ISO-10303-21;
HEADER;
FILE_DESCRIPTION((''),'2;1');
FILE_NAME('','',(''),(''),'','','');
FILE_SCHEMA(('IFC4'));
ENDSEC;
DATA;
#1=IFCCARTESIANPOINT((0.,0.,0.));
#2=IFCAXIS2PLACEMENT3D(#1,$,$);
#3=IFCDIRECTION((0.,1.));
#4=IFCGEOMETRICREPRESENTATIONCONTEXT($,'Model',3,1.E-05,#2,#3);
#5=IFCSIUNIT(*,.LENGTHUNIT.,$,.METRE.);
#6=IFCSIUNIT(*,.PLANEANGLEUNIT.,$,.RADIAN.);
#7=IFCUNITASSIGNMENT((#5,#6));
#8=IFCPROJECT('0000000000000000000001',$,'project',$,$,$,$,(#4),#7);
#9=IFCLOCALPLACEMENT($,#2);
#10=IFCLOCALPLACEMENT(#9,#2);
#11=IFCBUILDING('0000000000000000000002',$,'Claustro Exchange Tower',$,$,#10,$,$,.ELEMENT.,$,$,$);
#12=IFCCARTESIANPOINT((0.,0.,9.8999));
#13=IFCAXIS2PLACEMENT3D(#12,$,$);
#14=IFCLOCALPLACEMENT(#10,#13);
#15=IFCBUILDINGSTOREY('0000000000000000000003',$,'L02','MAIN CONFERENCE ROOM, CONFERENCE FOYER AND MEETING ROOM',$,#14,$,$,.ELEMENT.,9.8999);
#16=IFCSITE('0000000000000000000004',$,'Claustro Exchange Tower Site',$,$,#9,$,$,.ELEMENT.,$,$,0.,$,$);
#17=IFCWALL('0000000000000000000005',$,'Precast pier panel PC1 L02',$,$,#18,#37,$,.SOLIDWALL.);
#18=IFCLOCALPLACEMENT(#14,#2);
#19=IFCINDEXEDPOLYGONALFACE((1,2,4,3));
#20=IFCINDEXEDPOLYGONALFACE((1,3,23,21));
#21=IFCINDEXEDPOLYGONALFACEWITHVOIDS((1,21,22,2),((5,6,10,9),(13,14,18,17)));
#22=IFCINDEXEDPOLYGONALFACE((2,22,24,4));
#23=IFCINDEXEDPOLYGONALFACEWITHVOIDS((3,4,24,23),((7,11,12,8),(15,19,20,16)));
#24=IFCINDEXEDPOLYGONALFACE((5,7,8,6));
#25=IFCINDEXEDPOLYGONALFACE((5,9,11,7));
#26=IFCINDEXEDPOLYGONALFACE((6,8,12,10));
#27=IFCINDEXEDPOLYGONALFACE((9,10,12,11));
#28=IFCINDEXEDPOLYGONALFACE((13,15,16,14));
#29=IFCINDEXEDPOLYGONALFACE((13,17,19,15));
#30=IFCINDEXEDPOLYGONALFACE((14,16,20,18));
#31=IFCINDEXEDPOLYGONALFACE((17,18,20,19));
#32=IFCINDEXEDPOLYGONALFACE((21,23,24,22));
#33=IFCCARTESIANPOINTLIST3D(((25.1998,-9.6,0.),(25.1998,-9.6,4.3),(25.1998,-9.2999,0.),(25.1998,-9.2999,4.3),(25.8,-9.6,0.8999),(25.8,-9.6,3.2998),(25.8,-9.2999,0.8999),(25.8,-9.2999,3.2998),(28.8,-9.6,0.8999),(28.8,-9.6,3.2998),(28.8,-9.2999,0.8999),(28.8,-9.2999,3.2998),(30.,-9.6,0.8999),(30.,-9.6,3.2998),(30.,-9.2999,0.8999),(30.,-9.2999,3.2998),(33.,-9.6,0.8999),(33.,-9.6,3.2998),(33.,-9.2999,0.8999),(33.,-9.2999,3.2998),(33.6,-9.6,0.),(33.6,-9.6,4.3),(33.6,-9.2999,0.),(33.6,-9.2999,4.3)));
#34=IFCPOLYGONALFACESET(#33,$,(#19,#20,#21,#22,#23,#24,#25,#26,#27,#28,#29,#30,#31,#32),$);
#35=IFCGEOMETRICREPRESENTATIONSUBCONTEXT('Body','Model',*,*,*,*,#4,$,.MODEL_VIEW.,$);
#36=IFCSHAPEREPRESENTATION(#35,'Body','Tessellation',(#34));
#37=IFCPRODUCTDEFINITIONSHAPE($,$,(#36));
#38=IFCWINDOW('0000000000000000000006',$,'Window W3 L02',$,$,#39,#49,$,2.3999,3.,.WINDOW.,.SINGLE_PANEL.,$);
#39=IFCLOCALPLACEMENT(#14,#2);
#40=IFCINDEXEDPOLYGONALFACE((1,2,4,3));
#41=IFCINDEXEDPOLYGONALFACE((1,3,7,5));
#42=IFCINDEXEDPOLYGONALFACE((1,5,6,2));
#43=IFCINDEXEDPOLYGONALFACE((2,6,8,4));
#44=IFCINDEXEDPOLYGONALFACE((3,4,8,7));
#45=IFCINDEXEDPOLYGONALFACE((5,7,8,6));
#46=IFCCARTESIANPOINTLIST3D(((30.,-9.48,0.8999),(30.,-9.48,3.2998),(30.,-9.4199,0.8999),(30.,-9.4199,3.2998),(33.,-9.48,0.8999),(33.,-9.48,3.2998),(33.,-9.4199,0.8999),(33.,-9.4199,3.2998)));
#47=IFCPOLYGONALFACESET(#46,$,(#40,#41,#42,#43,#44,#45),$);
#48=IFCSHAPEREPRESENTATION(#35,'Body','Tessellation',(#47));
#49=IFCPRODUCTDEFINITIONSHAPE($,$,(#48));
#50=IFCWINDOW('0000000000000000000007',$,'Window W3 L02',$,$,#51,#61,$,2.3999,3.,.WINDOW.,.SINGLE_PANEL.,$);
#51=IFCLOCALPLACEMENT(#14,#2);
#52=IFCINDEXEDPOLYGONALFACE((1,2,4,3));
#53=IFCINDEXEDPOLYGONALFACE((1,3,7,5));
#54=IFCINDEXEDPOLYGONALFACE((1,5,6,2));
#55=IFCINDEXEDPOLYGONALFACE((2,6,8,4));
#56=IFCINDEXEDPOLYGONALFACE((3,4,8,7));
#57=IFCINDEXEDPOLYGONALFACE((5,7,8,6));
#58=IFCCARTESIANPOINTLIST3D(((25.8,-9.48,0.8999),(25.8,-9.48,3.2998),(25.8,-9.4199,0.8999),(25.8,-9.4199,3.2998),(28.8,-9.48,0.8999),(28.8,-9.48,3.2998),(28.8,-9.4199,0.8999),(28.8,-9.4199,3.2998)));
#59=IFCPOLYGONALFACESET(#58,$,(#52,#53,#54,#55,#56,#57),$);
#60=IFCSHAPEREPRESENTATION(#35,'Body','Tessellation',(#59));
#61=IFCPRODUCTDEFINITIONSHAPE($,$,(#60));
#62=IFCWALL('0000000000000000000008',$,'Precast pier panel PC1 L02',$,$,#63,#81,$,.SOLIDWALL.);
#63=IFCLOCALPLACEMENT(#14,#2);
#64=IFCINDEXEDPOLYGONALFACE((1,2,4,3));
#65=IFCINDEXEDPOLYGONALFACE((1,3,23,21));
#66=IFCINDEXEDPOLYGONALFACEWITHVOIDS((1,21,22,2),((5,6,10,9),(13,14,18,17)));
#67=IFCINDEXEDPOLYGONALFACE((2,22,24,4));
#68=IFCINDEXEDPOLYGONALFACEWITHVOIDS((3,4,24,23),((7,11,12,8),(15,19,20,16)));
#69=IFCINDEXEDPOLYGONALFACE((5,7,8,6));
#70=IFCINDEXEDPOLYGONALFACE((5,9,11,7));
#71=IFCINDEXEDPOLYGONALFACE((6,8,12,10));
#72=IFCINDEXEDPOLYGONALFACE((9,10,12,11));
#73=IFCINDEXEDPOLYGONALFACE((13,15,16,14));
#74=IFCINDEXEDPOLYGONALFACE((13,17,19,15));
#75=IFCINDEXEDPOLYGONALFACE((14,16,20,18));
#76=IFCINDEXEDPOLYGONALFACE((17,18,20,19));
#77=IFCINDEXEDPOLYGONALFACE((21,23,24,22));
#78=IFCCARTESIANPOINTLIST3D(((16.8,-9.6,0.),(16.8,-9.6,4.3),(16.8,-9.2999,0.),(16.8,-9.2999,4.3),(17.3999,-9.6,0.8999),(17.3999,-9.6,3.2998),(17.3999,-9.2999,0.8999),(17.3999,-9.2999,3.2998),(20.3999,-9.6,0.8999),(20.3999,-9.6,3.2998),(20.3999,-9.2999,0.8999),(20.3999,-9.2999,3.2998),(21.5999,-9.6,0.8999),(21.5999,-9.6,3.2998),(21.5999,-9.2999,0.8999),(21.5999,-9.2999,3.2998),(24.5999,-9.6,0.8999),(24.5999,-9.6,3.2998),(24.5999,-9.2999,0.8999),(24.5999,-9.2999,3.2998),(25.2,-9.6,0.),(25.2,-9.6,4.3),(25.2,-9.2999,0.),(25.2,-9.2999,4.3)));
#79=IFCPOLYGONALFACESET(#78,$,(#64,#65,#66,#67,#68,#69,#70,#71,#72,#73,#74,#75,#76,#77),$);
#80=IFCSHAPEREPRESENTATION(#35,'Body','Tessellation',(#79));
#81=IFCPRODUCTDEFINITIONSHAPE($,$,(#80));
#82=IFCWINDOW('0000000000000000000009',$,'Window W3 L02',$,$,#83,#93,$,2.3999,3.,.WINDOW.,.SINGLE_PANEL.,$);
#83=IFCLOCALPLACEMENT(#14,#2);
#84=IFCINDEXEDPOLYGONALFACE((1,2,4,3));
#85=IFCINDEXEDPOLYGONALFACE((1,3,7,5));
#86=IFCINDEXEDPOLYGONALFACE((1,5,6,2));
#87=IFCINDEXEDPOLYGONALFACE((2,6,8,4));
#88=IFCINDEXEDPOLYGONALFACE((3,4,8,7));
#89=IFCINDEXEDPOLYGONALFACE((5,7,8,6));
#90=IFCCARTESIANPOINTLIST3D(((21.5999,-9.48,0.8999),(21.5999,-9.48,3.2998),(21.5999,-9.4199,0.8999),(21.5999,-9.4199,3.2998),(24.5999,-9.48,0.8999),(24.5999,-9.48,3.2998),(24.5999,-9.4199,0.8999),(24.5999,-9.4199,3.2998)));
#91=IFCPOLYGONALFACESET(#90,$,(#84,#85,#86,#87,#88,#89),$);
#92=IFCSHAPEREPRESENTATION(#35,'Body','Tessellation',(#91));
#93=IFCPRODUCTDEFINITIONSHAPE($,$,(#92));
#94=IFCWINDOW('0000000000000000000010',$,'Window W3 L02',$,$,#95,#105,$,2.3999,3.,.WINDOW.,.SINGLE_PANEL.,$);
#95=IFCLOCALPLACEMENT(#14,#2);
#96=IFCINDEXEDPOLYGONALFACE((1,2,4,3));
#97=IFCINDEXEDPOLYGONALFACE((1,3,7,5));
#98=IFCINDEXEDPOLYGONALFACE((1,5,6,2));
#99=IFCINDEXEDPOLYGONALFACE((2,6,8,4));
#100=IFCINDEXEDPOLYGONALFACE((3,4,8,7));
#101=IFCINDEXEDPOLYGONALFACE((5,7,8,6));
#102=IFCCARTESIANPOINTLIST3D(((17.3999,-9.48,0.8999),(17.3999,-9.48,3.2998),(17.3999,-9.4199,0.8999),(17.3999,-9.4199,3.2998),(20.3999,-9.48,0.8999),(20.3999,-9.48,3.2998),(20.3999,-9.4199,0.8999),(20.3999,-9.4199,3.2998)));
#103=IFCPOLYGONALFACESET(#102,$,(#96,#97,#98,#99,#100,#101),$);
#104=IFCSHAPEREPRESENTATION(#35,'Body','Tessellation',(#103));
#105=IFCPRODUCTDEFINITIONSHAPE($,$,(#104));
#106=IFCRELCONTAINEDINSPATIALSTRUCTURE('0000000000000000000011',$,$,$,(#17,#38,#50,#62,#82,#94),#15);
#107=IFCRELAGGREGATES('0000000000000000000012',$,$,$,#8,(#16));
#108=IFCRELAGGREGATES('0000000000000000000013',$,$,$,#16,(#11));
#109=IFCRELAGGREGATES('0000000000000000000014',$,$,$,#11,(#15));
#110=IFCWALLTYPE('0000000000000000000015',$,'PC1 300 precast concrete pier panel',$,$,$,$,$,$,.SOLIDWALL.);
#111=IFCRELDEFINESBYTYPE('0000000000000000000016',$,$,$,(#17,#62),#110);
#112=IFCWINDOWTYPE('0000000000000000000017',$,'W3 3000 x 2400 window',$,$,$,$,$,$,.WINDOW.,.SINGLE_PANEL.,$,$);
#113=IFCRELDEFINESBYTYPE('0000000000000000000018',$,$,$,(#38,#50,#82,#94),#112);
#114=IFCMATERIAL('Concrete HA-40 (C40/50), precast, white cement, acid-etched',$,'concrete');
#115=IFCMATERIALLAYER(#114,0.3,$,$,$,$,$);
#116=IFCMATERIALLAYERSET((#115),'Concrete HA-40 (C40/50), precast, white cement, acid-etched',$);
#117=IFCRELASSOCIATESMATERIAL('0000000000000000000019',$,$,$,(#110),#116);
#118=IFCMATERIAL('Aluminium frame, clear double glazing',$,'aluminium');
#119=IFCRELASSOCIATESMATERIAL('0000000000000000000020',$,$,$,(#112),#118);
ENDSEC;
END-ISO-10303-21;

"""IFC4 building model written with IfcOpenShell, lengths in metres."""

from ifc_helpers import new_model, si_unit, direction, frame, frame_2d, origin, place, context, subcontext, project, spatial, rectangle, extrude, material, layer, layer_set, type_object, element, fill, save


model = new_model("IFC4")

# Units and contexts
model_context = context("Model", 3, precision=1e-05, world=origin(), true_north=direction((0.0, 1.0)))
body_context = subcontext(model_context, "Body", "Model", "MODEL_VIEW")
ifc_project = project(units=[si_unit("LENGTHUNIT", "METRE"), si_unit("PLANEANGLEUNIT", "RADIAN")], contexts=[model_context])

# Site, building, storey
site_placement = place(None, origin())
site = spatial("IfcSite", under=ifc_project, at=site_placement, Name="Claustro Exchange Tower Site", CompositionType="ELEMENT", RefElevation=0.0)
building_placement = place(site_placement, origin())
building = spatial("IfcBuilding", under=site, at=building_placement, Name="Claustro Exchange Tower", CompositionType="ELEMENT")
storey_placement = place(building_placement, frame((0.0, 0.0, 9.8999)))
storey = spatial("IfcBuildingStorey", under=building, at=storey_placement, Name="L02", Description="MAIN CONFERENCE ROOM, CONFERENCE FOYER AND MEETING ROOM", CompositionType="ELEMENT", Elevation=9.8999)

# Walls, openings, windows
ifc_material_1 = material(Name="Concrete HA-40 (C40/50), precast, white cement, acid-etched", Category="concrete")
ifc_layer_1 = layer(ifc_material_1, 0.3)
ifc_layer_set_1 = layer_set([ifc_layer_1], Name="Concrete HA-40 (C40/50), precast, white cement, acid-etched")
wall_type_1 = type_object("IfcWallType", Name="PC1 300 precast concrete pier panel", PredefinedType="SOLIDWALL", material=ifc_layer_set_1)
wall_1_placement = place(storey_placement, frame((33.6001, -9.45, 0.0), z_axis=(0.0, 0.0, 1.0), x_axis=(-1.0, 0.0, 0.0)))
wall_1 = element("IfcWall", 1, at=wall_1_placement, inside=storey, type_object=wall_type_1, Name="Precast pier panel PC1 L02", PredefinedType="SOLIDWALL", context=body_context, shape_type="SweptSolid", body=[
    extrude(rectangle(XDim=8.4001, YDim=0.3, at=frame_2d((4.2002, 0.0))), origin(), (0.0, 0.0, 1.0), 4.3),
])
opening_1_placement = place(wall_1_placement, frame((0.6001, 0.0, 0.8999)))
opening_1 = element("IfcOpeningElement", 2, at=opening_1_placement, cuts=wall_1, PredefinedType="OPENING", context=body_context, shape_type="SweptSolid", body=[
    extrude(rectangle(XDim=3.0, YDim=2.3999, at=frame_2d((1.5, 1.2))), frame((0.0, 0.1599, 0.0), z_axis=(0.0, -1.0, 0.0), x_axis=(1.0, 0.0, 0.0)), (0.0, 0.0, 1.0), 0.3201),
])
opening_2_placement = place(wall_1_placement, frame((4.8, 0.0, 0.8999)))
opening_2 = element("IfcOpeningElement", 3, at=opening_2_placement, cuts=wall_1, PredefinedType="OPENING", context=body_context, shape_type="SweptSolid", body=[
    extrude(rectangle(XDim=3.0, YDim=2.3999, at=frame_2d((1.5, 1.2))), frame((0.0, 0.1599, 0.0), z_axis=(0.0, -1.0, 0.0), x_axis=(1.0, 0.0, 0.0)), (0.0, 0.0, 1.0), 0.3201),
])
ifc_material_2 = material(Name="Aluminium frame, clear double glazing", Category="aluminium")
window_type = type_object("IfcWindowType", Name="W3 3000 x 2400 window", PartitioningType="SINGLE_PANEL", PredefinedType="WINDOW", material=ifc_material_2)
window_1_placement = place(opening_1_placement, origin())
window_1 = element("IfcWindow", 4, at=window_1_placement, inside=storey, type_object=window_type, Name="Window W3 L02", OverallHeight=2.3999, OverallWidth=3.0, PartitioningType="SINGLE_PANEL", PredefinedType="WINDOW", context=body_context, shape_type="SweptSolid", body=[
    extrude(rectangle(XDim=3.0, YDim=2.3999, at=frame_2d((1.5, 1.2))), frame((0.0, 0.03, 0.0), z_axis=(0.0, -1.0, 0.0), x_axis=(1.0, 0.0, 0.0)), (0.0, 0.0, 1.0), 0.0601),
])
fill(opening_1, window_1)
window_2_placement = place(opening_2_placement, origin())
window_2 = element("IfcWindow", 5, at=window_2_placement, inside=storey, type_object=window_type, Name="Window W3 L02", OverallHeight=2.3999, OverallWidth=3.0, PartitioningType="SINGLE_PANEL", PredefinedType="WINDOW", context=body_context, shape_type="SweptSolid", body=[
    extrude(rectangle(XDim=3.0, YDim=2.3999, at=frame_2d((1.5, 1.2))), frame((0.0, 0.03, 0.0), z_axis=(0.0, -1.0, 0.0), x_axis=(1.0, 0.0, 0.0)), (0.0, 0.0, 1.0), 0.0601),
])
fill(opening_2, window_2)
wall_2_placement = place(storey_placement, frame((25.2, -9.45, 0.0), z_axis=(0.0, 0.0, 1.0), x_axis=(-1.0, 0.0, 0.0)))
wall_2 = element("IfcWall", 6, at=wall_2_placement, inside=storey, type_object=wall_type_1, Name="Precast pier panel PC1 L02", PredefinedType="SOLIDWALL", context=body_context, shape_type="SweptSolid", body=[
    extrude(rectangle(XDim=8.3999, YDim=0.3, at=frame_2d((4.2, 0.0))), origin(), (0.0, 0.0, 1.0), 4.3),
])
opening_3_placement = place(wall_2_placement, frame((0.6001, 0.0, 0.8999)))
opening_3 = element("IfcOpeningElement", 7, at=opening_3_placement, cuts=wall_2, PredefinedType="OPENING", context=body_context, shape_type="SweptSolid", body=[
    extrude(rectangle(XDim=3.0, YDim=2.3999, at=frame_2d((1.5, 1.2))), frame((0.0, 0.1599, 0.0), z_axis=(0.0, -1.0, 0.0), x_axis=(1.0, 0.0, 0.0)), (0.0, 0.0, 1.0), 0.3201),
])
opening_4_placement = place(wall_2_placement, frame((4.8, 0.0, 0.8999)))
opening_4 = element("IfcOpeningElement", 8, at=opening_4_placement, cuts=wall_2, PredefinedType="OPENING", context=body_context, shape_type="SweptSolid", body=[
    extrude(rectangle(XDim=3.0, YDim=2.3999, at=frame_2d((1.5, 1.2))), frame((0.0, 0.1599, 0.0), z_axis=(0.0, -1.0, 0.0), x_axis=(1.0, 0.0, 0.0)), (0.0, 0.0, 1.0), 0.3201),
])
window_3_placement = place(opening_3_placement, origin())
window_3 = element("IfcWindow", 9, at=window_3_placement, inside=storey, type_object=window_type, Name="Window W3 L02", OverallHeight=2.3999, OverallWidth=3.0, PartitioningType="SINGLE_PANEL", PredefinedType="WINDOW", context=body_context, shape_type="SweptSolid", body=[
    extrude(rectangle(XDim=3.0, YDim=2.3999, at=frame_2d((1.5, 1.2))), frame((0.0, 0.03, 0.0), z_axis=(0.0, -1.0, 0.0), x_axis=(1.0, 0.0, 0.0)), (0.0, 0.0, 1.0), 0.0601),
])
fill(opening_3, window_3)
window_4_placement = place(opening_4_placement, origin())
window_4 = element("IfcWindow", 10, at=window_4_placement, inside=storey, type_object=window_type, Name="Window W3 L02", OverallHeight=2.3999, OverallWidth=3.0, PartitioningType="SINGLE_PANEL", PredefinedType="WINDOW", context=body_context, shape_type="SweptSolid", body=[
    extrude(rectangle(XDim=3.0, YDim=2.3999, at=frame_2d((1.5, 1.2))), frame((0.0, 0.03, 0.0), z_axis=(0.0, -1.0, 0.0), x_axis=(1.0, 0.0, 0.0)), (0.0, 0.0, 1.0), 0.0601),
])
fill(opening_4, window_4)

save(model, "model.ifc")
